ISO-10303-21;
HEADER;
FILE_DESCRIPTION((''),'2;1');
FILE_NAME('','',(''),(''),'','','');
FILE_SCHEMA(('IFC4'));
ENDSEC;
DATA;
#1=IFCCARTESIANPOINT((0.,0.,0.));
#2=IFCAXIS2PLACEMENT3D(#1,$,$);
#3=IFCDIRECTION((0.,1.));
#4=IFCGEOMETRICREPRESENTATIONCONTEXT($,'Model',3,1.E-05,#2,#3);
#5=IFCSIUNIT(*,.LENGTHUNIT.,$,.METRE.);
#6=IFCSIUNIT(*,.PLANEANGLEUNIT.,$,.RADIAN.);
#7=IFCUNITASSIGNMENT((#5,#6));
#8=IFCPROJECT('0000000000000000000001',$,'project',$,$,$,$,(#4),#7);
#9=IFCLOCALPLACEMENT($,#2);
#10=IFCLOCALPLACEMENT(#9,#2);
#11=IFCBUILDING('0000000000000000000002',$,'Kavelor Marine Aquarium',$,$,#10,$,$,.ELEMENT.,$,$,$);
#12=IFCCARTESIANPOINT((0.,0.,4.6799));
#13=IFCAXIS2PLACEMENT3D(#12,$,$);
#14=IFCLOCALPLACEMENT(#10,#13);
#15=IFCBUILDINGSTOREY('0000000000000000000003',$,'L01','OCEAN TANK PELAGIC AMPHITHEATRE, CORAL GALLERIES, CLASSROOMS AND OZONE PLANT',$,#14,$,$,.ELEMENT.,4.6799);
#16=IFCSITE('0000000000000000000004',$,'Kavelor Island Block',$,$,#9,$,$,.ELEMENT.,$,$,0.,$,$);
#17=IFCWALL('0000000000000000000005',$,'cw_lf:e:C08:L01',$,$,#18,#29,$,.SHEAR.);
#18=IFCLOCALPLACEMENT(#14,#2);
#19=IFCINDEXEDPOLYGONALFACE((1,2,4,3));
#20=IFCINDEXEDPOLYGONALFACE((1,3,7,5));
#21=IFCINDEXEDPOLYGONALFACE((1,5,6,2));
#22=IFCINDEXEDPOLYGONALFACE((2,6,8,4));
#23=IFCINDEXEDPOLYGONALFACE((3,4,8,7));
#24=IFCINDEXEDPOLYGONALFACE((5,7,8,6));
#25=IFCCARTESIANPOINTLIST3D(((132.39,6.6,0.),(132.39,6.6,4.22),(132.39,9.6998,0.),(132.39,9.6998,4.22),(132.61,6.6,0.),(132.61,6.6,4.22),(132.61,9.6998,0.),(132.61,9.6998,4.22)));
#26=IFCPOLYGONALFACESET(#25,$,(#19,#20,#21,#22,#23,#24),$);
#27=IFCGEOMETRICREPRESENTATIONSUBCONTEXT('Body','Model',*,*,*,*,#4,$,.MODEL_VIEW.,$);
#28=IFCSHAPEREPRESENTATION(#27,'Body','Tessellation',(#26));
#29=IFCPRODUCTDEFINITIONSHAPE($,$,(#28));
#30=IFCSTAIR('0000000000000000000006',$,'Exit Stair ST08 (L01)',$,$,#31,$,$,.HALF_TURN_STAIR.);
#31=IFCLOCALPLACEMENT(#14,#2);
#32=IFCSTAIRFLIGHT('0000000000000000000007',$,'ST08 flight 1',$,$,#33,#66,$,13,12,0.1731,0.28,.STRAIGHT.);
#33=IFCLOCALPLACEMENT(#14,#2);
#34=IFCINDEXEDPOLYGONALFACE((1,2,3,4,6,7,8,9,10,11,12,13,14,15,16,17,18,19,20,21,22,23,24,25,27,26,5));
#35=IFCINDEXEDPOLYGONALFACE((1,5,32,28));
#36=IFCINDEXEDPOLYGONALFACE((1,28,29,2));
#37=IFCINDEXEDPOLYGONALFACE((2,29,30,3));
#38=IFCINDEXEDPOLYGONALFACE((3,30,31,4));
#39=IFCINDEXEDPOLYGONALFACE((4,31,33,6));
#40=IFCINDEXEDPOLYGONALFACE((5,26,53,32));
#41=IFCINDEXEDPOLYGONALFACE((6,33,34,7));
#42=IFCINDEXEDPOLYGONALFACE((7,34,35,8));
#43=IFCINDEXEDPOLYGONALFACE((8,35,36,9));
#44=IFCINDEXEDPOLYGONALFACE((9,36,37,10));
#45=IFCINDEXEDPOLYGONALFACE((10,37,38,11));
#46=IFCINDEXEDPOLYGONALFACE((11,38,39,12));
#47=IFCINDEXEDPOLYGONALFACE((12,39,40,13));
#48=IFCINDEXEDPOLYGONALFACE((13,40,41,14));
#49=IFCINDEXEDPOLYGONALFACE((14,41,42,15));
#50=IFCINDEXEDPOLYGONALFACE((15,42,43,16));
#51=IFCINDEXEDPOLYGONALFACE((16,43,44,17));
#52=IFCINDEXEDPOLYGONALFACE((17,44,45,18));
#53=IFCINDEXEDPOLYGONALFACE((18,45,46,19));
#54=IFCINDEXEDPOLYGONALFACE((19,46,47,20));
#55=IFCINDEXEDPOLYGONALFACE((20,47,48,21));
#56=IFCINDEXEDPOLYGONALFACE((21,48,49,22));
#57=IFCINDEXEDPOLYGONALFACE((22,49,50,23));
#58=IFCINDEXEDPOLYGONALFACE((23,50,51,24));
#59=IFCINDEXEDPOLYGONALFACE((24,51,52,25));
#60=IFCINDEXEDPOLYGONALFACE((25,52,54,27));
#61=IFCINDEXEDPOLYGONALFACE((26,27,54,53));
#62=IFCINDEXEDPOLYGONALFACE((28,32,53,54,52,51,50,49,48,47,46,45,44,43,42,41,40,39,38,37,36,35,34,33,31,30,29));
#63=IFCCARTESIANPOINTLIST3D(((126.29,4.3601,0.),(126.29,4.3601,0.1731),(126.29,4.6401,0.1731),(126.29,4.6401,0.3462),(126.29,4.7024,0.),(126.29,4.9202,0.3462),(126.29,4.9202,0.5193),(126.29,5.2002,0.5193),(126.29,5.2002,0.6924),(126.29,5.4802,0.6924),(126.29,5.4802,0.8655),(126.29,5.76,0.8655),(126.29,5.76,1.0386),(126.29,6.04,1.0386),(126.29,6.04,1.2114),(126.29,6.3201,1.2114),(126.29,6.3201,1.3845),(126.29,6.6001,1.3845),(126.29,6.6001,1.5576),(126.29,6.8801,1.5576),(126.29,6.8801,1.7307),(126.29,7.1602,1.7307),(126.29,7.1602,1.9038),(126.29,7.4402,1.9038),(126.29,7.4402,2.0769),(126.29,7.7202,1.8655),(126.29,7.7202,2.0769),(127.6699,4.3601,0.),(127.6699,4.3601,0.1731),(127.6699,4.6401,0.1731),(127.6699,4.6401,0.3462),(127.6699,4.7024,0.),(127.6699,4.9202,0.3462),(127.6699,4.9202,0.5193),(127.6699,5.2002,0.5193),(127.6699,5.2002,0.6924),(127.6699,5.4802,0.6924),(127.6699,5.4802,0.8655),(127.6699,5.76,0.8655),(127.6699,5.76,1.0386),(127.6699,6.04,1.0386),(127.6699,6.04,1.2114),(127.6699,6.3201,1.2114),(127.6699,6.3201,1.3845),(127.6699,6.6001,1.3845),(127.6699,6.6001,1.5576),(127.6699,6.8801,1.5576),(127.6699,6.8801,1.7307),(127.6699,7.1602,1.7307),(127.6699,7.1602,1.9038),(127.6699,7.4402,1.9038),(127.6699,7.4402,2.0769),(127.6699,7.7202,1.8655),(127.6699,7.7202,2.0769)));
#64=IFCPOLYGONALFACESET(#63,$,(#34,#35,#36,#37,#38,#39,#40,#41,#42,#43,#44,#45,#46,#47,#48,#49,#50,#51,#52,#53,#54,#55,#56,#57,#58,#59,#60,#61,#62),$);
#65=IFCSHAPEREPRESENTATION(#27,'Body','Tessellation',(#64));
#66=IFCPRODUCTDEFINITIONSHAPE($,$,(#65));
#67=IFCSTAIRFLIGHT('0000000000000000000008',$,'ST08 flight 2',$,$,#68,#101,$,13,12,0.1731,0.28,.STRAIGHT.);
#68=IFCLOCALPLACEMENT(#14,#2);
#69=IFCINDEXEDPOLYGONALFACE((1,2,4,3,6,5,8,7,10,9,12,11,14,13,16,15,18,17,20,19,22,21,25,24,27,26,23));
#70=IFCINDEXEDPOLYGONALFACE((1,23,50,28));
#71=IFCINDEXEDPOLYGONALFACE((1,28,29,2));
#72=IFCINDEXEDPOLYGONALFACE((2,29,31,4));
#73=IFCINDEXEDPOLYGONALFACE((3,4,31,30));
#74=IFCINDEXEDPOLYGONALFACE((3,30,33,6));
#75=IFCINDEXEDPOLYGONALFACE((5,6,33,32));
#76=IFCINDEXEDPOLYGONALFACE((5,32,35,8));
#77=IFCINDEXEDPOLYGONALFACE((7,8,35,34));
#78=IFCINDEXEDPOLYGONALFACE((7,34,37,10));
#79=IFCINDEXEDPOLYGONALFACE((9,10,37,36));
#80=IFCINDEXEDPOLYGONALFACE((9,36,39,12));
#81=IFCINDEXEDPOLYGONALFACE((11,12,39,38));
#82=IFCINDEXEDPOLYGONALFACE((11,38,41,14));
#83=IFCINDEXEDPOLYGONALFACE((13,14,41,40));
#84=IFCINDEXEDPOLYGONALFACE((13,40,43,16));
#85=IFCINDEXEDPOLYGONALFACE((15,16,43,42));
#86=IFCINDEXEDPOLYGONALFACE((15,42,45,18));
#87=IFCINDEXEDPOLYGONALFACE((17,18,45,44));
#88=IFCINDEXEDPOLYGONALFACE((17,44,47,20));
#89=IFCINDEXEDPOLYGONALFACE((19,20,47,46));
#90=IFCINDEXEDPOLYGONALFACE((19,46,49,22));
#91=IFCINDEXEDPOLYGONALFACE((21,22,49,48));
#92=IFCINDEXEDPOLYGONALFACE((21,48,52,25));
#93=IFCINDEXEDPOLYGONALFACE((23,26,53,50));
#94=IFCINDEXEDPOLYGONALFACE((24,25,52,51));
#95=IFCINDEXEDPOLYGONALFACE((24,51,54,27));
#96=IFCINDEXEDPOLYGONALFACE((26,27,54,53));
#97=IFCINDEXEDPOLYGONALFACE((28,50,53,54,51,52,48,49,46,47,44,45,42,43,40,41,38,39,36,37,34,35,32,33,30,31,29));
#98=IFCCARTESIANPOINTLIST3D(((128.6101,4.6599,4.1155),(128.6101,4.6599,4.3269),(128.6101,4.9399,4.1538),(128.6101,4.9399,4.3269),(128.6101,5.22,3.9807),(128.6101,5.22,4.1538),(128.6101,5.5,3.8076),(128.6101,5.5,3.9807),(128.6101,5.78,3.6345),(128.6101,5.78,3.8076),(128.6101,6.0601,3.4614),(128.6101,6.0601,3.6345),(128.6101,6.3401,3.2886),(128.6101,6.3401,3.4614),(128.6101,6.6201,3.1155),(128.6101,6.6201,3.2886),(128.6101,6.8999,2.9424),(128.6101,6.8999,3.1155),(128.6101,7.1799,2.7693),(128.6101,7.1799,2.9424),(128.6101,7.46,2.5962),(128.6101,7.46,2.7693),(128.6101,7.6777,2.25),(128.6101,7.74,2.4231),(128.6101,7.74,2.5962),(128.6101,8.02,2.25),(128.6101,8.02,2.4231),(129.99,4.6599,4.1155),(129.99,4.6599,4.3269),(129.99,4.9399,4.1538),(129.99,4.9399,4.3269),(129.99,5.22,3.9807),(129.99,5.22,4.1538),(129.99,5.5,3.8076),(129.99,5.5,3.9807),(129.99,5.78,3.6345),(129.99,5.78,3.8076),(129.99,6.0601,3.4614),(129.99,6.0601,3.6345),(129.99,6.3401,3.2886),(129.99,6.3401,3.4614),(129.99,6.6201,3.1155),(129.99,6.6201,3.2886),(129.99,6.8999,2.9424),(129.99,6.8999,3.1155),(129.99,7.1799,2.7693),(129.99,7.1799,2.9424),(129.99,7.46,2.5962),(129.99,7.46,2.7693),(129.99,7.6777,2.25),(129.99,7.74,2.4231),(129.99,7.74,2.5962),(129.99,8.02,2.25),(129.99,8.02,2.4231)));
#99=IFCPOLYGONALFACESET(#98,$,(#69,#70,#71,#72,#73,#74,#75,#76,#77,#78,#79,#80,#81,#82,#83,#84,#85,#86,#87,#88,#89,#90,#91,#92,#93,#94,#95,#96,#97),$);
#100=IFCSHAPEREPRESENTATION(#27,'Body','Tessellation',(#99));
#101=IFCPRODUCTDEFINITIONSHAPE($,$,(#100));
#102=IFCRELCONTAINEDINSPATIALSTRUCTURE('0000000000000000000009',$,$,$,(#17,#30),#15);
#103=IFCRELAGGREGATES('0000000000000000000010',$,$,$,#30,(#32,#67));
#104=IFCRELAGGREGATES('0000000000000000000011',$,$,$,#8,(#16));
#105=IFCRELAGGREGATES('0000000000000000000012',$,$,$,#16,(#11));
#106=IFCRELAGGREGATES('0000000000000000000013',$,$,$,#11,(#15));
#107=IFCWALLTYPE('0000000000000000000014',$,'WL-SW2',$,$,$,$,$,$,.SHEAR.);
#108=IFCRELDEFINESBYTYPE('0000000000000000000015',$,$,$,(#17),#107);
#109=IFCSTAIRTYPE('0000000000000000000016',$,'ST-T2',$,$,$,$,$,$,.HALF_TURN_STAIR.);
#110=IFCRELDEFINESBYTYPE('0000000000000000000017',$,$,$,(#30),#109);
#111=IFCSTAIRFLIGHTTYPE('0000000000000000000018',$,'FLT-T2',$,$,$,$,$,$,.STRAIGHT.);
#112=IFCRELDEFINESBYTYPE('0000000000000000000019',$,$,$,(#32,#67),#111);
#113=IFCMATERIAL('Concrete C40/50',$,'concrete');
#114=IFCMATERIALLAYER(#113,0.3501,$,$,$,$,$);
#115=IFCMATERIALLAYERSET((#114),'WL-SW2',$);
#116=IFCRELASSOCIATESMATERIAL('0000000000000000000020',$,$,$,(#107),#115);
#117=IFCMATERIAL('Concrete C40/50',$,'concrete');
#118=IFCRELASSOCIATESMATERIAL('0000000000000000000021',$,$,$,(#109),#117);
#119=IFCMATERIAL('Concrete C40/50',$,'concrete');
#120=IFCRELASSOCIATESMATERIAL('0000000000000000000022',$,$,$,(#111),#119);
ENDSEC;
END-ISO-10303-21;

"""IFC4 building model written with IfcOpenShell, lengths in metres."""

from ifc_helpers import new_model, si_unit, direction, frame, frame_2d, origin, place, context, subcontext, project, spatial, polyline, rectangle, outline, extrude, material, layer, layer_set, type_object, element, aggregate, save


model = new_model("IFC4")

# Units and contexts
model_context = context("Model", 3, precision=1e-05, world=origin(), true_north=direction((0.0, 1.0)))
body_context = subcontext(model_context, "Body", "Model", "MODEL_VIEW")
ifc_project = project(units=[si_unit("LENGTHUNIT", "METRE"), si_unit("PLANEANGLEUNIT", "RADIAN")], contexts=[model_context])

# Site, building, storey
site_placement = place(None, origin())
site = spatial("IfcSite", under=ifc_project, at=site_placement, Name="Kavelor Island Block", CompositionType="ELEMENT", RefElevation=0.0)
building_placement = place(site_placement, origin())
building = spatial("IfcBuilding", under=site, at=building_placement, Name="Kavelor Marine Aquarium", CompositionType="ELEMENT")
storey_placement = place(building_placement, frame((0.0, 0.0, 4.6799)))
storey = spatial("IfcBuildingStorey", under=building, at=storey_placement, Name="L01", Description="OCEAN TANK PELAGIC AMPHITHEATRE, CORAL GALLERIES, CLASSROOMS AND OZONE PLANT", CompositionType="ELEMENT", Elevation=4.6799)

# Shared definitions
ifc_material_1 = material(Name="Concrete C40/50", Category="concrete")
ifc_layer_1 = layer(ifc_material_1, 0.3501)
ifc_layer_set_1 = layer_set([ifc_layer_1], Name="WL-SW2")
wall_type_1 = type_object("IfcWallType", Name="WL-SW2", PredefinedType="SHEAR", material=ifc_layer_set_1)

# Wall
wall_1_placement = place(storey_placement, frame((132.5, 6.6001, 0.0), z_axis=(0.0, 0.0, 1.0), x_axis=(0.0, 1.0, 0.0)))
element("IfcWall", 1, at=wall_1_placement, inside=storey, type_object=wall_type_1, Name="cw_lf:e:C08:L01", PredefinedType="SHEAR", context=body_context, shape_type="SweptSolid", body=[
    extrude(rectangle(XDim=3.0999, YDim=0.22, at=frame_2d((1.5498, 0.0))), origin(), (0.0, 0.0, 1.0), 4.22),
])

# Stair, stair flights
ifc_material_2 = material(Name="Concrete C40/50", Category="concrete")
stair_type = type_object("IfcStairType", Name="ST-T2", PredefinedType="HALF_TURN_STAIR", material=ifc_material_2)
stair_placement = place(storey_placement, origin())
stair = element("IfcStair", 2, at=stair_placement, inside=storey, type_object=stair_type, Name="Exit Stair ST08 (L01)", PredefinedType="HALF_TURN_STAIR")
ifc_material_3 = material(Name="Concrete C40/50", Category="concrete")
stair_flight_type = type_object("IfcStairFlightType", Name="FLT-T2", PredefinedType="STRAIGHT", material=ifc_material_3)
stair_flight_1_placement = place(storey_placement, frame((126.98, 4.3601, 0.0), z_axis=(0.0, 0.0, 1.0), x_axis=(0.0, 1.0, 0.0)))
stair_flight_1 = element("IfcStairFlight", 3, at=stair_flight_1_placement, type_object=stair_flight_type, Name="ST08 flight 1", NumberOfRisers=13, NumberOfTreads=12, PredefinedType="STRAIGHT", RiserHeight=0.1731, TreadLength=0.28, context=body_context, shape_type="SweptSolid", body=[
    extrude(outline(polyline([(0.0, 0.0), (0.0, 0.1731), (0.28, 0.1731), (0.28, 0.3462), (0.5601, 0.3462), (0.5601, 0.5193), (0.8401, 0.5193), (0.8401, 0.6924), (1.1201, 0.6924), (1.1201, 0.8655), (1.3999, 0.8655), (1.3999, 1.0386), (1.6799, 1.0386), (1.6799, 1.2114), (1.96, 1.2114), (1.96, 1.3845), (2.24, 1.3845), (2.24, 1.5576), (2.52, 1.5576), (2.52, 1.7307), (2.8, 1.7307), (2.8, 1.9038), (3.0801, 1.9038), (3.0801, 2.0769), (3.3601, 2.0769), (3.3601, 2.25), (3.3601, 1.8655), (0.3423, 0.0), (0.0, 0.0)])), frame((0.0, 0.6899, 0.0), z_axis=(0.0, -1.0, 0.0), x_axis=(1.0, 0.0, 0.0)), (0.0, 0.0, 1.0), 1.3799),
])
stair_flight_2_placement = place(storey_placement, frame((129.3, 8.02, 2.25), z_axis=(0.0, 0.0, 1.0), x_axis=(0.0, -1.0, 0.0)))
stair_flight_2 = element("IfcStairFlight", 4, at=stair_flight_2_placement, type_object=stair_flight_type, Name="ST08 flight 2", NumberOfRisers=13, NumberOfTreads=12, PredefinedType="STRAIGHT", RiserHeight=0.1731, TreadLength=0.28, context=body_context, shape_type="SweptSolid", body=[
    extrude(outline(polyline([(0.0, 0.0), (0.0, 0.1731), (0.28, 0.1731), (0.28, 0.3462), (0.5601, 0.3462), (0.5601, 0.5193), (0.8401, 0.5193), (0.8401, 0.6924), (1.1201, 0.6924), (1.1201, 0.8655), (1.3999, 0.8655), (1.3999, 1.0386), (1.6799, 1.0386), (1.6799, 1.2114), (1.96, 1.2114), (1.96, 1.3845), (2.24, 1.3845), (2.24, 1.5576), (2.52, 1.5576), (2.52, 1.7307), (2.8, 1.7307), (2.8, 1.9038), (3.0801, 1.9038), (3.0801, 2.0769), (3.3601, 2.0769), (3.3601, 2.25), (3.3601, 1.8655), (0.3423, 0.0), (0.0, 0.0)])), frame((0.0, 0.6899, 0.0), z_axis=(0.0, -1.0, 0.0), x_axis=(1.0, 0.0, 0.0)), (0.0, 0.0, 1.0), 1.3799),
])
aggregate(stair, [stair_flight_1, stair_flight_2])

save(model, "model.ifc")
